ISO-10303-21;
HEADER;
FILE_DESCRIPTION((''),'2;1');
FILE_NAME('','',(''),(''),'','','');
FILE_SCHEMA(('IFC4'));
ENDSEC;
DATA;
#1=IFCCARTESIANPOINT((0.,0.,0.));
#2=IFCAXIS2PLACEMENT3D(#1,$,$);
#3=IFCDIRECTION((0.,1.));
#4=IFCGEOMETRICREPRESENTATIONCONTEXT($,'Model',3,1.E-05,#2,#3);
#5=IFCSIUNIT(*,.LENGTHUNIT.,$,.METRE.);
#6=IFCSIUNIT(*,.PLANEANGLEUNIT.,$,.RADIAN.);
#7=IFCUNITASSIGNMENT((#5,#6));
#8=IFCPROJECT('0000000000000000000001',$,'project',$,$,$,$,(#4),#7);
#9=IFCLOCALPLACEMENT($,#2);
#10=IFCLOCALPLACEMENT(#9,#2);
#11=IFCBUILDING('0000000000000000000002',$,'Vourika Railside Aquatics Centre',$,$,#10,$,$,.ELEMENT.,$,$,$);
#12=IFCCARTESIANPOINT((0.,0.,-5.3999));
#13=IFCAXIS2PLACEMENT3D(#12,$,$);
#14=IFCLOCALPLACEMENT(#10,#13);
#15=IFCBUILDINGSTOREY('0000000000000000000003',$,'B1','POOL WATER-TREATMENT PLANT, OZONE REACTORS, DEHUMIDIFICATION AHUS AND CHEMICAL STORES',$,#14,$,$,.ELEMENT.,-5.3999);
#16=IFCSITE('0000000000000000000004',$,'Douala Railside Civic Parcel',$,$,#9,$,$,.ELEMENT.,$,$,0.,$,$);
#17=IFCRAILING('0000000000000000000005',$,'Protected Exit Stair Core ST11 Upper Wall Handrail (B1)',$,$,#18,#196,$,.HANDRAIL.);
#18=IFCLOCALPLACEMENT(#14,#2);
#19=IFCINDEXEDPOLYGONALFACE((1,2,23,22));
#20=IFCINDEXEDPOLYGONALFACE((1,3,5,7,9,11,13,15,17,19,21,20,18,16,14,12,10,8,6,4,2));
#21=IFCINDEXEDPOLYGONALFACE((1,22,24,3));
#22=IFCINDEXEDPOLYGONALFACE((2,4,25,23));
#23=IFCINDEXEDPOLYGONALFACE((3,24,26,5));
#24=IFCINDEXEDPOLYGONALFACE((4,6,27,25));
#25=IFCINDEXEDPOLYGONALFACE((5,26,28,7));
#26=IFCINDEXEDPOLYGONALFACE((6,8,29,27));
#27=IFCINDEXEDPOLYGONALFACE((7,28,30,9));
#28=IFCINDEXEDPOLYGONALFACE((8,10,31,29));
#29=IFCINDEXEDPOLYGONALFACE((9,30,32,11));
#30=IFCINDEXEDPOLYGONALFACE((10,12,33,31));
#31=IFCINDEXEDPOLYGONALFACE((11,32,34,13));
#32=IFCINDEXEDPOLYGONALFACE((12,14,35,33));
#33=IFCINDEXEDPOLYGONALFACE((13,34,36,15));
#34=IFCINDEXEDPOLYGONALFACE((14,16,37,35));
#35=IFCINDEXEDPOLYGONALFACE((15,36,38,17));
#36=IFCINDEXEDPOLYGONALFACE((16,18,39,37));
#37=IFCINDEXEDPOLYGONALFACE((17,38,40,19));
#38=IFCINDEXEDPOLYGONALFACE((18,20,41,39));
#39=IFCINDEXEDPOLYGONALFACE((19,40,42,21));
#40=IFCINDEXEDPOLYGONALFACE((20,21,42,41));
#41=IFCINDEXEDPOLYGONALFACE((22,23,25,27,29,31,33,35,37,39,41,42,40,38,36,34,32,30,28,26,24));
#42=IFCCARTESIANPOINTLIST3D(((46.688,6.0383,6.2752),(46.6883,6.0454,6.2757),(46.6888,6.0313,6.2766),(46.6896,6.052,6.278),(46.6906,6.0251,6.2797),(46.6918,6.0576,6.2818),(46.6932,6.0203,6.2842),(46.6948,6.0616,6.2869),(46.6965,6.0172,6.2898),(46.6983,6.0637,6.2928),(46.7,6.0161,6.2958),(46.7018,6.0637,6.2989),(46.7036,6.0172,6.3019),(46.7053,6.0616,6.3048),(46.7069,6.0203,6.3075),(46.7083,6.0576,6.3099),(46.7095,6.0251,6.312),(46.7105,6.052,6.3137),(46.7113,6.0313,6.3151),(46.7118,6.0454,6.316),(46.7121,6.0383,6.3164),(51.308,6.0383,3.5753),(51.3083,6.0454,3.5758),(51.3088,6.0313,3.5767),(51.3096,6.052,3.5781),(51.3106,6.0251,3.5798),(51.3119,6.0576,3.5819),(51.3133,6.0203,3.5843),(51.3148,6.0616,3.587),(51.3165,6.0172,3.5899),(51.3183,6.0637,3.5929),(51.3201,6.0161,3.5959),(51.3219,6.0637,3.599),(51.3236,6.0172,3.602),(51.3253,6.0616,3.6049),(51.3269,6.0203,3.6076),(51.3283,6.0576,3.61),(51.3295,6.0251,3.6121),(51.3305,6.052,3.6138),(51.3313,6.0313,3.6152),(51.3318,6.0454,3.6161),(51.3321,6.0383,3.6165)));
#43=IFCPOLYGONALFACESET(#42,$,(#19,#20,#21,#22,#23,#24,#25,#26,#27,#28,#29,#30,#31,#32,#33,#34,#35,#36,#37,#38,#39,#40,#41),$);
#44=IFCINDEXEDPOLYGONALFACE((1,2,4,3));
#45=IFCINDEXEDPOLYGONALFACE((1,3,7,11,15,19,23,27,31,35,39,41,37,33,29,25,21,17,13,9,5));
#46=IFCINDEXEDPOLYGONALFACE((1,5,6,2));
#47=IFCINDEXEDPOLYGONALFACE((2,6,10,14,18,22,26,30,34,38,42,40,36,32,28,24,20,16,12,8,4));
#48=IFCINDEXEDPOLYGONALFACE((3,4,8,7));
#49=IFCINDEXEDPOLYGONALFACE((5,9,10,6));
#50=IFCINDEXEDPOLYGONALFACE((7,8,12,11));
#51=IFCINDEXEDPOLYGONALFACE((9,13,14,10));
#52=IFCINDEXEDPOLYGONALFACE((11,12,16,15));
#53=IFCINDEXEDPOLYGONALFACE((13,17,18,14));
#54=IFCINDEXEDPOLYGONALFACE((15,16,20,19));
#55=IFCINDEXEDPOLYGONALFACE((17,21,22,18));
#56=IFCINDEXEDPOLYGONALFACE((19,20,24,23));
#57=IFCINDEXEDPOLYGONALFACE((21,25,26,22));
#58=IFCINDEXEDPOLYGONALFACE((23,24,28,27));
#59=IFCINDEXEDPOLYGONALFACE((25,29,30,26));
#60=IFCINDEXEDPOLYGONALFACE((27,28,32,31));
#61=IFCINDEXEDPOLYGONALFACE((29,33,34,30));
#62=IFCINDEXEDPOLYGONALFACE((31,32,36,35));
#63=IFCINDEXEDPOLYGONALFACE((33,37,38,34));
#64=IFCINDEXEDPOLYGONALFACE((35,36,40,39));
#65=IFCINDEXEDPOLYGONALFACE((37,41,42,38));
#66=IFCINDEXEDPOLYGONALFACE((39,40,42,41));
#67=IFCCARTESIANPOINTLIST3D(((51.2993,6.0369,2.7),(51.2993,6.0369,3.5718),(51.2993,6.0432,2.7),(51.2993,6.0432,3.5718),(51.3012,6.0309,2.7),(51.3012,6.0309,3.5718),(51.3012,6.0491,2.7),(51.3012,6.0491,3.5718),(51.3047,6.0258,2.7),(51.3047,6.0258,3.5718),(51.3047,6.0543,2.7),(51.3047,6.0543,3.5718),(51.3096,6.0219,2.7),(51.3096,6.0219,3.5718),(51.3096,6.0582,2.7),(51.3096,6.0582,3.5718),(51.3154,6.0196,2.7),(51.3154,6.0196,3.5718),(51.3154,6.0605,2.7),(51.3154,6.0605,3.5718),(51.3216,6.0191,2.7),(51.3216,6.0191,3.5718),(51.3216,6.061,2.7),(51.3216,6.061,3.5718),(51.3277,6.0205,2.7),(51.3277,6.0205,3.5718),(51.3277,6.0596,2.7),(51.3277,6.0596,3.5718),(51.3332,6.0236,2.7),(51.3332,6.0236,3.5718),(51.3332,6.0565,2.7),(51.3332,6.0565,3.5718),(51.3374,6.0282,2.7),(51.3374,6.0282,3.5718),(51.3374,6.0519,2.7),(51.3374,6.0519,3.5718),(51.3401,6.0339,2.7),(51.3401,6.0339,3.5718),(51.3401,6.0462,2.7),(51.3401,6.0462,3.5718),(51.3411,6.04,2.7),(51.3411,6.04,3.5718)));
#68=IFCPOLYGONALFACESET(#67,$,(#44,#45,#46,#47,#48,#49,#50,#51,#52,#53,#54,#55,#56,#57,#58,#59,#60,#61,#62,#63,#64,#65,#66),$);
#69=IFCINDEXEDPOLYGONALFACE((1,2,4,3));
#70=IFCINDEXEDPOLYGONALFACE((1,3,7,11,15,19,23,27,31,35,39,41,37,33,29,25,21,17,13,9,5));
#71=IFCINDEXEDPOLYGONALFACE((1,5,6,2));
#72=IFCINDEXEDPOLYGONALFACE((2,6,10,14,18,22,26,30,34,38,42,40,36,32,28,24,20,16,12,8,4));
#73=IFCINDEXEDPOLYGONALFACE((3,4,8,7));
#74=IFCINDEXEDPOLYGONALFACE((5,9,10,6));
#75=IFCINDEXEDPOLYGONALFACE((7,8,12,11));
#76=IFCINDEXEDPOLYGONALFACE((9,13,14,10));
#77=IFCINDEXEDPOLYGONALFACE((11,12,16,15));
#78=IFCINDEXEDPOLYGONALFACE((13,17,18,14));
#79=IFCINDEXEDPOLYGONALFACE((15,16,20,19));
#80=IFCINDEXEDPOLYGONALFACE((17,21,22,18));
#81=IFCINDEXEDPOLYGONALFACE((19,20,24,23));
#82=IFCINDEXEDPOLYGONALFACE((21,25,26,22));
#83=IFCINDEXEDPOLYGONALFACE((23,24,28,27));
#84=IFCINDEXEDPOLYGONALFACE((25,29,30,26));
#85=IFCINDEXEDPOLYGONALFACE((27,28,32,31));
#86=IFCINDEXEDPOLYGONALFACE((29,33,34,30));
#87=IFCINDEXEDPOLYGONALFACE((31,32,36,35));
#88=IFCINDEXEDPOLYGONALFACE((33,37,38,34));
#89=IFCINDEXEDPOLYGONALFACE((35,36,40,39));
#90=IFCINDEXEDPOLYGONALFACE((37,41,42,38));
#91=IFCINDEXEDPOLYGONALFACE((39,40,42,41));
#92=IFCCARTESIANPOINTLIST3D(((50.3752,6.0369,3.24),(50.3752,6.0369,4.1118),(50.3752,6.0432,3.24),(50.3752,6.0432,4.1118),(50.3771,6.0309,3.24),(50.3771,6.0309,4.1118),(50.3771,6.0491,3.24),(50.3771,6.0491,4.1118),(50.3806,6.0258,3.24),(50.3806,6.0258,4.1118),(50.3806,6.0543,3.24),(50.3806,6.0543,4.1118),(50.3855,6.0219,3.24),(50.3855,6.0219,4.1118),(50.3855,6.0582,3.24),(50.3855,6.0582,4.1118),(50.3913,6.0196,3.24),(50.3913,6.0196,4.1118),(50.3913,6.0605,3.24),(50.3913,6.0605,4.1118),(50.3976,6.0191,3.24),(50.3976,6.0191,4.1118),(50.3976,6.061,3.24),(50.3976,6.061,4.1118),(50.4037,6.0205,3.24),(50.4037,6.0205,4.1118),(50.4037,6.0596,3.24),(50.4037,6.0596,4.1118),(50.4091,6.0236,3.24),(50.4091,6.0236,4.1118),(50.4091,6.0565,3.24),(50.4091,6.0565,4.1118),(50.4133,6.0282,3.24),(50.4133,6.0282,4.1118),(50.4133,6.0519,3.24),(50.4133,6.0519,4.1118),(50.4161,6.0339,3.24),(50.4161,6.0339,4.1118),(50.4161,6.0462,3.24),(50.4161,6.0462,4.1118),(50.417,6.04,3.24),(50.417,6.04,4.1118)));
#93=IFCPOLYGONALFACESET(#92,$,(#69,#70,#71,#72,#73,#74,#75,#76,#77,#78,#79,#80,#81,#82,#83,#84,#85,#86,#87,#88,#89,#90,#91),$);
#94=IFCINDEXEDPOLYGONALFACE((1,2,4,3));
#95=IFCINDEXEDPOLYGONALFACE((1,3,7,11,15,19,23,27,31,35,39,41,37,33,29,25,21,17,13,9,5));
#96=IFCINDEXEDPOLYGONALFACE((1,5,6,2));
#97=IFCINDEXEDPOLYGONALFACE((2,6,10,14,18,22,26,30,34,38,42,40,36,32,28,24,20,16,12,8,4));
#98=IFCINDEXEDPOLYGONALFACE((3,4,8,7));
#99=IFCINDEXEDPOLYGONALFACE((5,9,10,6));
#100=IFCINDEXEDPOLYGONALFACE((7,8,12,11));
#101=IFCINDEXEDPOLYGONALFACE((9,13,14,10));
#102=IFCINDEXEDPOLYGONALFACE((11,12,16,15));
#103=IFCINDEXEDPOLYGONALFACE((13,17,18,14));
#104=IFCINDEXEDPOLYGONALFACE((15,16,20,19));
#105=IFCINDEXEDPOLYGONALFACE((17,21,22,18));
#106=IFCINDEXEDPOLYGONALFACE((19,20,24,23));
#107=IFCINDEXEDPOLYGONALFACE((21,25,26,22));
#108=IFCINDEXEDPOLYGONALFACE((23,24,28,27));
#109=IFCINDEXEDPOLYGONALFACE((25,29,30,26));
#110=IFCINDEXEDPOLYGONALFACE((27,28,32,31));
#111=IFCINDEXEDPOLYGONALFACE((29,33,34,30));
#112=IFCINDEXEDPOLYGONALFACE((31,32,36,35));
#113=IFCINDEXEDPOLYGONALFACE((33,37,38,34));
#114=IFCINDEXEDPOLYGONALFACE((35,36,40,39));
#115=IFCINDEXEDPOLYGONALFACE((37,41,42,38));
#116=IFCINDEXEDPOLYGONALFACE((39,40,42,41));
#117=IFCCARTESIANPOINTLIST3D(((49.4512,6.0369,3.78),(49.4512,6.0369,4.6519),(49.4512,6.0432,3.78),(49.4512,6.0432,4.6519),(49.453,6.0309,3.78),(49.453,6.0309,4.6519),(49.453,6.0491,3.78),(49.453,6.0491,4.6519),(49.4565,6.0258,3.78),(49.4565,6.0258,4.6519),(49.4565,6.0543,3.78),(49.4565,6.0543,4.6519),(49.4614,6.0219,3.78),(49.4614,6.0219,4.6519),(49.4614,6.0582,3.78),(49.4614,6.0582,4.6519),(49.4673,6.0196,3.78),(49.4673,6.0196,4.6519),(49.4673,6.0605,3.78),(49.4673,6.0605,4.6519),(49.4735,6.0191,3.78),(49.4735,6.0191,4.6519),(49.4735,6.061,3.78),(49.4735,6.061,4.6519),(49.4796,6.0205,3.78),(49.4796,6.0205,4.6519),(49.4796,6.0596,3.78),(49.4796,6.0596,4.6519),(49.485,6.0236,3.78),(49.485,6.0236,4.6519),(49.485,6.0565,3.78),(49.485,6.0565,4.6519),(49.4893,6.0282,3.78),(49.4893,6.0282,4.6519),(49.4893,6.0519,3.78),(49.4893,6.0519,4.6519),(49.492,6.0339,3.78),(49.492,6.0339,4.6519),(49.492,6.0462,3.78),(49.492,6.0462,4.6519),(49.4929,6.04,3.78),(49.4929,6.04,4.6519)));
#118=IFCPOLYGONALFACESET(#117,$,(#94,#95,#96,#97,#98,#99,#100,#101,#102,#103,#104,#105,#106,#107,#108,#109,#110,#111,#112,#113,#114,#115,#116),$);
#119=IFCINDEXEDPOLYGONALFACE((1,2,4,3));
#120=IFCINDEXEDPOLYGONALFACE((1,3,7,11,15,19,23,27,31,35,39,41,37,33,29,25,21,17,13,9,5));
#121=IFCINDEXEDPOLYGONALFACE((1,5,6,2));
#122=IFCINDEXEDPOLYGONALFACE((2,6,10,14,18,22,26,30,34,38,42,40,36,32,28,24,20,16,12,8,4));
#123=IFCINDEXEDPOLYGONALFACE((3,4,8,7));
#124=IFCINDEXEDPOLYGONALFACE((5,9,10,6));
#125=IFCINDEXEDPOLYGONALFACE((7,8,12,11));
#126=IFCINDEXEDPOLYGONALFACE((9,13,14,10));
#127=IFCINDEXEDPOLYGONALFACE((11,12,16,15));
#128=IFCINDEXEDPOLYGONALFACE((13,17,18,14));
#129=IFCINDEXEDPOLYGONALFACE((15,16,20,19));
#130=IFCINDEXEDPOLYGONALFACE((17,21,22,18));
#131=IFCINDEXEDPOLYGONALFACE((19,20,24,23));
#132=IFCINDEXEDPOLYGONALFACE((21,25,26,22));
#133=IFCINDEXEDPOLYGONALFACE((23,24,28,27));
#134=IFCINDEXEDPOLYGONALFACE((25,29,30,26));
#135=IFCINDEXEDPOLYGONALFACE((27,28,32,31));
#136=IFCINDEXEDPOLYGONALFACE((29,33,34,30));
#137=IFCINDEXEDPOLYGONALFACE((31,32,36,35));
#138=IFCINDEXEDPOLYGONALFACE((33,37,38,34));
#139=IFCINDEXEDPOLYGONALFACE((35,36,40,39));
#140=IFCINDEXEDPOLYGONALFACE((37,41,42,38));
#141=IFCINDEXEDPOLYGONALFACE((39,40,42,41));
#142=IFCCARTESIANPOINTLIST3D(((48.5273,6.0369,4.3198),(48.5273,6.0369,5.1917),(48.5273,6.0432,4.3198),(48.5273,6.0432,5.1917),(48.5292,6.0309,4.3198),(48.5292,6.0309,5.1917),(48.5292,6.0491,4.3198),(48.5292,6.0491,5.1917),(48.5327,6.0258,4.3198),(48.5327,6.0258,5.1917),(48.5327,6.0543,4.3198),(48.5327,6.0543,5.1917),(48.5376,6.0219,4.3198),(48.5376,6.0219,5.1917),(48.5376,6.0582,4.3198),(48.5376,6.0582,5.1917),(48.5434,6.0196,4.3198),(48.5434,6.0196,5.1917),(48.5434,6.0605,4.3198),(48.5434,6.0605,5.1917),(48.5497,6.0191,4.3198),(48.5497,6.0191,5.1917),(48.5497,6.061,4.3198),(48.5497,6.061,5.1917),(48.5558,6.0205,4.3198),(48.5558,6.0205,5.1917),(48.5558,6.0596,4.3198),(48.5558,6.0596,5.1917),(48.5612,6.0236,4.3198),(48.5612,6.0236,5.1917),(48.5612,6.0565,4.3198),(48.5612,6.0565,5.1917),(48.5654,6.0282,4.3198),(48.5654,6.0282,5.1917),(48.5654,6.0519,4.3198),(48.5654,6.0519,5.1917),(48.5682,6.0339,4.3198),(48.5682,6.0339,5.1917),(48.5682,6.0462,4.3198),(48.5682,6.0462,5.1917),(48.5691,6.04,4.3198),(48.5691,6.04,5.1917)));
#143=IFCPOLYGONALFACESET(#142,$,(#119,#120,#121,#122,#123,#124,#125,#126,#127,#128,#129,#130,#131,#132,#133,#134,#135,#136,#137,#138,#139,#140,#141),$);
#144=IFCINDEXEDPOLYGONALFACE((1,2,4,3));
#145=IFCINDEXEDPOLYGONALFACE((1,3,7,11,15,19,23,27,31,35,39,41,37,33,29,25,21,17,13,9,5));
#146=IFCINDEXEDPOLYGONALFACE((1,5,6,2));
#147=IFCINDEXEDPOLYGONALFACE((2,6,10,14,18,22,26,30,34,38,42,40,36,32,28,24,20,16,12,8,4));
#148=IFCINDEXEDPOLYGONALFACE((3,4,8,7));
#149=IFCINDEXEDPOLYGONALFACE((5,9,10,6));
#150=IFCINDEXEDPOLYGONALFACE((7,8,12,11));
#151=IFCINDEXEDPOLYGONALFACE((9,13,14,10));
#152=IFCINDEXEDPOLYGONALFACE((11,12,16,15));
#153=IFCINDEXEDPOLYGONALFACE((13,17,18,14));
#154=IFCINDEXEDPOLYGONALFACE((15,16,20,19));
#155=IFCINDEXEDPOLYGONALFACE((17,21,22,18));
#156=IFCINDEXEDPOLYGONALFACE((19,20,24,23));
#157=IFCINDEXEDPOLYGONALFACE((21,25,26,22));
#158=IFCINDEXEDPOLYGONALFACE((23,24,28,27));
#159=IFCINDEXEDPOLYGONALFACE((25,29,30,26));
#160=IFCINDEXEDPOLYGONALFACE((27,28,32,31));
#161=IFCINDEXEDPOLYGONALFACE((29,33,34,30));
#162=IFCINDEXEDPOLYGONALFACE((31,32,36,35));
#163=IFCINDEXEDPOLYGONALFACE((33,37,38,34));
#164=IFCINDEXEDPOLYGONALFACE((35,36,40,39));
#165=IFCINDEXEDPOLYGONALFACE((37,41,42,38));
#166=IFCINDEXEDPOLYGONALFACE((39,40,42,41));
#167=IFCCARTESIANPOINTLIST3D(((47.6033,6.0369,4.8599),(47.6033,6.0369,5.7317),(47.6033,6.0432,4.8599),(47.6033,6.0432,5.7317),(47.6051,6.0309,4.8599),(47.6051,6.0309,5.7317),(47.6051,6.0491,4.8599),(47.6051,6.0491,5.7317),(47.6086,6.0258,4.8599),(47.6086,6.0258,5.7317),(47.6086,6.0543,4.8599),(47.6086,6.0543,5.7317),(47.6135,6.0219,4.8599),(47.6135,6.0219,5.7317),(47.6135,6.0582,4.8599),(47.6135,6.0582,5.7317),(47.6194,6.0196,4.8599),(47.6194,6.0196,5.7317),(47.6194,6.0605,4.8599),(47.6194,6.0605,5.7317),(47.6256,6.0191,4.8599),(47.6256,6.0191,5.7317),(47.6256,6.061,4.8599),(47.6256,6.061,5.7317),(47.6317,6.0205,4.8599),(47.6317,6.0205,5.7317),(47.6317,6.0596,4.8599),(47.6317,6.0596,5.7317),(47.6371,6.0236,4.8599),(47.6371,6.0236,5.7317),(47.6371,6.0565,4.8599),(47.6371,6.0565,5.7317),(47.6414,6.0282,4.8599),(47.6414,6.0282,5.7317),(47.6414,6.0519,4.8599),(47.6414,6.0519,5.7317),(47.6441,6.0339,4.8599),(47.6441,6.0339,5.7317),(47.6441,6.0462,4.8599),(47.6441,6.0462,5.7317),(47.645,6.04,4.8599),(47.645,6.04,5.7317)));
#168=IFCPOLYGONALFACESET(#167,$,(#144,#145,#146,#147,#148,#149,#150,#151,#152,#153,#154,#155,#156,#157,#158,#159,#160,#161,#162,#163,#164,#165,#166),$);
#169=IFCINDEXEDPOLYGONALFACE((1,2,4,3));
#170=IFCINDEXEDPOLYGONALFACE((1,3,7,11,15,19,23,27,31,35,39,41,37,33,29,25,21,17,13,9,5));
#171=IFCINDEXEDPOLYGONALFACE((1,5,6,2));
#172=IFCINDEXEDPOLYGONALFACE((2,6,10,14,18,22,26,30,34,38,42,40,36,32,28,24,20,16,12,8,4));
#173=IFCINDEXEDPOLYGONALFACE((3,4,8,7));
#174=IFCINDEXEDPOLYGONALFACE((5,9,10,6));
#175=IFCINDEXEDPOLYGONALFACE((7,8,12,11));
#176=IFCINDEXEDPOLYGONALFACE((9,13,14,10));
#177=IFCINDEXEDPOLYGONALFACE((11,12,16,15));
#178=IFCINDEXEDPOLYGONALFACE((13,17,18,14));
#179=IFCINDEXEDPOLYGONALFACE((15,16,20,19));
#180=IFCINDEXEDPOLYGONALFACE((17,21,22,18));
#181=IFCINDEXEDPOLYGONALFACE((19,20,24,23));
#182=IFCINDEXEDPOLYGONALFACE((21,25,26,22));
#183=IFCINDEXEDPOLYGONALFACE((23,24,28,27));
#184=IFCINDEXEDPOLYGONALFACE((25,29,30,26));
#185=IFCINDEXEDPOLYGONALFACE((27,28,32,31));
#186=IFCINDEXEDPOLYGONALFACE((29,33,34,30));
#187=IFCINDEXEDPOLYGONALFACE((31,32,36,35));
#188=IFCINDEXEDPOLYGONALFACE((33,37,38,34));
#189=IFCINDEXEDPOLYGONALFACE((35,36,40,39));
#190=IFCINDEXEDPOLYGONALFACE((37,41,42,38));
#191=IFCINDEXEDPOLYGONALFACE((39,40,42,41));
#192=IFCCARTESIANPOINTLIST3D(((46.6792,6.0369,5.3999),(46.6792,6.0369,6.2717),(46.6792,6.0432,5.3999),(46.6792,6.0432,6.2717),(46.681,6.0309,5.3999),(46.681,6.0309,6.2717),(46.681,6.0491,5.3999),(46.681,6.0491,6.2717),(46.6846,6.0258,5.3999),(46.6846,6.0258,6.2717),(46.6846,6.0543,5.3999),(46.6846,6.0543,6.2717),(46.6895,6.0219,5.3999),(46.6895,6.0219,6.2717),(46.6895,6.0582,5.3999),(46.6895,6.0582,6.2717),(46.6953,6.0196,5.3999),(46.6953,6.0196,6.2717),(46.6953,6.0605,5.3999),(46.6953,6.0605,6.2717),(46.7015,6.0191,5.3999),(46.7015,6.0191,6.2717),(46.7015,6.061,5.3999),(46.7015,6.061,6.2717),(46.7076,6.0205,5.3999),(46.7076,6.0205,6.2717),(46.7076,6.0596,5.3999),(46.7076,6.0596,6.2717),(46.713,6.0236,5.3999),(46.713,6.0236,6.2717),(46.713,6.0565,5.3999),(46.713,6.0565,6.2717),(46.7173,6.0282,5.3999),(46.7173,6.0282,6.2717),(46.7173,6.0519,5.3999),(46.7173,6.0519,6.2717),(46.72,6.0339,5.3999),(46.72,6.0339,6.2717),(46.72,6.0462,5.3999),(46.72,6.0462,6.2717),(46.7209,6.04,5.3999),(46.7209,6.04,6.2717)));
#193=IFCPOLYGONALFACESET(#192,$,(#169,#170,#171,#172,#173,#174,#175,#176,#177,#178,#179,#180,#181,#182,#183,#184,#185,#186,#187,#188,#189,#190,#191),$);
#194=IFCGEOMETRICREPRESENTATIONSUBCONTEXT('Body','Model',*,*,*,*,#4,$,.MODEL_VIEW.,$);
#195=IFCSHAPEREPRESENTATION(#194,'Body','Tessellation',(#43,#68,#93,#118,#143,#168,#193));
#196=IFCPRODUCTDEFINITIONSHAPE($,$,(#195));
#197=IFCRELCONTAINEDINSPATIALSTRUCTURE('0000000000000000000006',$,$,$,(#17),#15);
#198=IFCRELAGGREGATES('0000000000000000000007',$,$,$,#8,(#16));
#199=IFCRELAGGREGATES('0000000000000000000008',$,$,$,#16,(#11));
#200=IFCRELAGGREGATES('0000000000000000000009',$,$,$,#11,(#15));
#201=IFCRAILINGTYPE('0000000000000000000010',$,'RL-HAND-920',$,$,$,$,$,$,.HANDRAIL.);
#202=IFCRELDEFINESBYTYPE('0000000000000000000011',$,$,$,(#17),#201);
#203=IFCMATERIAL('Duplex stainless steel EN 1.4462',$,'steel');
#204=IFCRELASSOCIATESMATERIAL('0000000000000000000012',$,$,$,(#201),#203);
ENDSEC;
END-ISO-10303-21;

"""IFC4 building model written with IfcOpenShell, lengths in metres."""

from ifc_helpers import new_model, si_unit, direction, frame, origin, origin_2d, place, context, subcontext, project, spatial, circle, extrude, material, type_object, element, save


model = new_model("IFC4")

# Units and contexts
model_context = context("Model", 3, precision=1e-05, world=origin(), true_north=direction((0.0, 1.0)))
body_context = subcontext(model_context, "Body", "Model", "MODEL_VIEW")
ifc_project = project(units=[si_unit("LENGTHUNIT", "METRE"), si_unit("PLANEANGLEUNIT", "RADIAN")], contexts=[model_context])

# Site, building, storey
site_placement = place(None, origin())
site = spatial("IfcSite", under=ifc_project, at=site_placement, Name="Douala Railside Civic Parcel", CompositionType="ELEMENT", RefElevation=0.0)
building_placement = place(site_placement, origin())
building = spatial("IfcBuilding", under=site, at=building_placement, Name="Vourika Railside Aquatics Centre", CompositionType="ELEMENT")
storey_placement = place(building_placement, frame((0.0, 0.0, -5.3999)))
storey = spatial("IfcBuildingStorey", under=building, at=storey_placement, Name="B1", Description="POOL WATER-TREATMENT PLANT, OZONE REACTORS, DEHUMIDIFICATION AHUS AND CHEMICAL STORES", CompositionType="ELEMENT", Elevation=-5.3999)

# Railing
ifc_material_1 = material(Name="Duplex stainless steel EN 1.4462", Category="steel")
railing_type_1 = type_object("IfcRailingType", Name="RL-HAND-920", PredefinedType="HANDRAIL", material=ifc_material_1)
railing_1_placement = place(storey_placement, frame((51.3201, 6.04, 2.7)))
element("IfcRailing", 1, at=railing_1_placement, inside=storey, type_object=railing_type_1, Name="Protected Exit Stair Core ST11 Upper Wall Handrail (B1)", PredefinedType="HANDRAIL", context=body_context, shape_type="SweptSolid", body=[
    extrude(circle(Radius=0.0239, at=origin_2d()), frame((0.0, 0.0, 0.896), z_axis=(-0.863381, 0.0, 0.504552), x_axis=(0.0, -1.0, 0.0)), (0.0, 0.0, 1.0), 5.3511),
    extrude(circle(Radius=0.021, at=origin_2d()), origin(), (0.0, 0.0, 1.0), 0.8718),
    extrude(circle(Radius=0.021, at=origin_2d()), frame((-0.9241, 0.0, 0.54)), (0.0, 0.0, 1.0), 0.8718),
    extrude(circle(Radius=0.021, at=origin_2d()), frame((-1.8481, 0.0, 1.0801)), (0.0, 0.0, 1.0), 0.8718),
    extrude(circle(Radius=0.021, at=origin_2d()), frame((-2.772, 0.0, 1.6199)), (0.0, 0.0, 1.0), 0.8718),
    extrude(circle(Radius=0.021, at=origin_2d()), frame((-3.696, 0.0, 2.1599)), (0.0, 0.0, 1.0), 0.8718),
    extrude(circle(Radius=0.021, at=origin_2d()), frame((-4.6201, 0.0, 2.7)), (0.0, 0.0, 1.0), 0.8718),
])

save(model, "model.ifc")
